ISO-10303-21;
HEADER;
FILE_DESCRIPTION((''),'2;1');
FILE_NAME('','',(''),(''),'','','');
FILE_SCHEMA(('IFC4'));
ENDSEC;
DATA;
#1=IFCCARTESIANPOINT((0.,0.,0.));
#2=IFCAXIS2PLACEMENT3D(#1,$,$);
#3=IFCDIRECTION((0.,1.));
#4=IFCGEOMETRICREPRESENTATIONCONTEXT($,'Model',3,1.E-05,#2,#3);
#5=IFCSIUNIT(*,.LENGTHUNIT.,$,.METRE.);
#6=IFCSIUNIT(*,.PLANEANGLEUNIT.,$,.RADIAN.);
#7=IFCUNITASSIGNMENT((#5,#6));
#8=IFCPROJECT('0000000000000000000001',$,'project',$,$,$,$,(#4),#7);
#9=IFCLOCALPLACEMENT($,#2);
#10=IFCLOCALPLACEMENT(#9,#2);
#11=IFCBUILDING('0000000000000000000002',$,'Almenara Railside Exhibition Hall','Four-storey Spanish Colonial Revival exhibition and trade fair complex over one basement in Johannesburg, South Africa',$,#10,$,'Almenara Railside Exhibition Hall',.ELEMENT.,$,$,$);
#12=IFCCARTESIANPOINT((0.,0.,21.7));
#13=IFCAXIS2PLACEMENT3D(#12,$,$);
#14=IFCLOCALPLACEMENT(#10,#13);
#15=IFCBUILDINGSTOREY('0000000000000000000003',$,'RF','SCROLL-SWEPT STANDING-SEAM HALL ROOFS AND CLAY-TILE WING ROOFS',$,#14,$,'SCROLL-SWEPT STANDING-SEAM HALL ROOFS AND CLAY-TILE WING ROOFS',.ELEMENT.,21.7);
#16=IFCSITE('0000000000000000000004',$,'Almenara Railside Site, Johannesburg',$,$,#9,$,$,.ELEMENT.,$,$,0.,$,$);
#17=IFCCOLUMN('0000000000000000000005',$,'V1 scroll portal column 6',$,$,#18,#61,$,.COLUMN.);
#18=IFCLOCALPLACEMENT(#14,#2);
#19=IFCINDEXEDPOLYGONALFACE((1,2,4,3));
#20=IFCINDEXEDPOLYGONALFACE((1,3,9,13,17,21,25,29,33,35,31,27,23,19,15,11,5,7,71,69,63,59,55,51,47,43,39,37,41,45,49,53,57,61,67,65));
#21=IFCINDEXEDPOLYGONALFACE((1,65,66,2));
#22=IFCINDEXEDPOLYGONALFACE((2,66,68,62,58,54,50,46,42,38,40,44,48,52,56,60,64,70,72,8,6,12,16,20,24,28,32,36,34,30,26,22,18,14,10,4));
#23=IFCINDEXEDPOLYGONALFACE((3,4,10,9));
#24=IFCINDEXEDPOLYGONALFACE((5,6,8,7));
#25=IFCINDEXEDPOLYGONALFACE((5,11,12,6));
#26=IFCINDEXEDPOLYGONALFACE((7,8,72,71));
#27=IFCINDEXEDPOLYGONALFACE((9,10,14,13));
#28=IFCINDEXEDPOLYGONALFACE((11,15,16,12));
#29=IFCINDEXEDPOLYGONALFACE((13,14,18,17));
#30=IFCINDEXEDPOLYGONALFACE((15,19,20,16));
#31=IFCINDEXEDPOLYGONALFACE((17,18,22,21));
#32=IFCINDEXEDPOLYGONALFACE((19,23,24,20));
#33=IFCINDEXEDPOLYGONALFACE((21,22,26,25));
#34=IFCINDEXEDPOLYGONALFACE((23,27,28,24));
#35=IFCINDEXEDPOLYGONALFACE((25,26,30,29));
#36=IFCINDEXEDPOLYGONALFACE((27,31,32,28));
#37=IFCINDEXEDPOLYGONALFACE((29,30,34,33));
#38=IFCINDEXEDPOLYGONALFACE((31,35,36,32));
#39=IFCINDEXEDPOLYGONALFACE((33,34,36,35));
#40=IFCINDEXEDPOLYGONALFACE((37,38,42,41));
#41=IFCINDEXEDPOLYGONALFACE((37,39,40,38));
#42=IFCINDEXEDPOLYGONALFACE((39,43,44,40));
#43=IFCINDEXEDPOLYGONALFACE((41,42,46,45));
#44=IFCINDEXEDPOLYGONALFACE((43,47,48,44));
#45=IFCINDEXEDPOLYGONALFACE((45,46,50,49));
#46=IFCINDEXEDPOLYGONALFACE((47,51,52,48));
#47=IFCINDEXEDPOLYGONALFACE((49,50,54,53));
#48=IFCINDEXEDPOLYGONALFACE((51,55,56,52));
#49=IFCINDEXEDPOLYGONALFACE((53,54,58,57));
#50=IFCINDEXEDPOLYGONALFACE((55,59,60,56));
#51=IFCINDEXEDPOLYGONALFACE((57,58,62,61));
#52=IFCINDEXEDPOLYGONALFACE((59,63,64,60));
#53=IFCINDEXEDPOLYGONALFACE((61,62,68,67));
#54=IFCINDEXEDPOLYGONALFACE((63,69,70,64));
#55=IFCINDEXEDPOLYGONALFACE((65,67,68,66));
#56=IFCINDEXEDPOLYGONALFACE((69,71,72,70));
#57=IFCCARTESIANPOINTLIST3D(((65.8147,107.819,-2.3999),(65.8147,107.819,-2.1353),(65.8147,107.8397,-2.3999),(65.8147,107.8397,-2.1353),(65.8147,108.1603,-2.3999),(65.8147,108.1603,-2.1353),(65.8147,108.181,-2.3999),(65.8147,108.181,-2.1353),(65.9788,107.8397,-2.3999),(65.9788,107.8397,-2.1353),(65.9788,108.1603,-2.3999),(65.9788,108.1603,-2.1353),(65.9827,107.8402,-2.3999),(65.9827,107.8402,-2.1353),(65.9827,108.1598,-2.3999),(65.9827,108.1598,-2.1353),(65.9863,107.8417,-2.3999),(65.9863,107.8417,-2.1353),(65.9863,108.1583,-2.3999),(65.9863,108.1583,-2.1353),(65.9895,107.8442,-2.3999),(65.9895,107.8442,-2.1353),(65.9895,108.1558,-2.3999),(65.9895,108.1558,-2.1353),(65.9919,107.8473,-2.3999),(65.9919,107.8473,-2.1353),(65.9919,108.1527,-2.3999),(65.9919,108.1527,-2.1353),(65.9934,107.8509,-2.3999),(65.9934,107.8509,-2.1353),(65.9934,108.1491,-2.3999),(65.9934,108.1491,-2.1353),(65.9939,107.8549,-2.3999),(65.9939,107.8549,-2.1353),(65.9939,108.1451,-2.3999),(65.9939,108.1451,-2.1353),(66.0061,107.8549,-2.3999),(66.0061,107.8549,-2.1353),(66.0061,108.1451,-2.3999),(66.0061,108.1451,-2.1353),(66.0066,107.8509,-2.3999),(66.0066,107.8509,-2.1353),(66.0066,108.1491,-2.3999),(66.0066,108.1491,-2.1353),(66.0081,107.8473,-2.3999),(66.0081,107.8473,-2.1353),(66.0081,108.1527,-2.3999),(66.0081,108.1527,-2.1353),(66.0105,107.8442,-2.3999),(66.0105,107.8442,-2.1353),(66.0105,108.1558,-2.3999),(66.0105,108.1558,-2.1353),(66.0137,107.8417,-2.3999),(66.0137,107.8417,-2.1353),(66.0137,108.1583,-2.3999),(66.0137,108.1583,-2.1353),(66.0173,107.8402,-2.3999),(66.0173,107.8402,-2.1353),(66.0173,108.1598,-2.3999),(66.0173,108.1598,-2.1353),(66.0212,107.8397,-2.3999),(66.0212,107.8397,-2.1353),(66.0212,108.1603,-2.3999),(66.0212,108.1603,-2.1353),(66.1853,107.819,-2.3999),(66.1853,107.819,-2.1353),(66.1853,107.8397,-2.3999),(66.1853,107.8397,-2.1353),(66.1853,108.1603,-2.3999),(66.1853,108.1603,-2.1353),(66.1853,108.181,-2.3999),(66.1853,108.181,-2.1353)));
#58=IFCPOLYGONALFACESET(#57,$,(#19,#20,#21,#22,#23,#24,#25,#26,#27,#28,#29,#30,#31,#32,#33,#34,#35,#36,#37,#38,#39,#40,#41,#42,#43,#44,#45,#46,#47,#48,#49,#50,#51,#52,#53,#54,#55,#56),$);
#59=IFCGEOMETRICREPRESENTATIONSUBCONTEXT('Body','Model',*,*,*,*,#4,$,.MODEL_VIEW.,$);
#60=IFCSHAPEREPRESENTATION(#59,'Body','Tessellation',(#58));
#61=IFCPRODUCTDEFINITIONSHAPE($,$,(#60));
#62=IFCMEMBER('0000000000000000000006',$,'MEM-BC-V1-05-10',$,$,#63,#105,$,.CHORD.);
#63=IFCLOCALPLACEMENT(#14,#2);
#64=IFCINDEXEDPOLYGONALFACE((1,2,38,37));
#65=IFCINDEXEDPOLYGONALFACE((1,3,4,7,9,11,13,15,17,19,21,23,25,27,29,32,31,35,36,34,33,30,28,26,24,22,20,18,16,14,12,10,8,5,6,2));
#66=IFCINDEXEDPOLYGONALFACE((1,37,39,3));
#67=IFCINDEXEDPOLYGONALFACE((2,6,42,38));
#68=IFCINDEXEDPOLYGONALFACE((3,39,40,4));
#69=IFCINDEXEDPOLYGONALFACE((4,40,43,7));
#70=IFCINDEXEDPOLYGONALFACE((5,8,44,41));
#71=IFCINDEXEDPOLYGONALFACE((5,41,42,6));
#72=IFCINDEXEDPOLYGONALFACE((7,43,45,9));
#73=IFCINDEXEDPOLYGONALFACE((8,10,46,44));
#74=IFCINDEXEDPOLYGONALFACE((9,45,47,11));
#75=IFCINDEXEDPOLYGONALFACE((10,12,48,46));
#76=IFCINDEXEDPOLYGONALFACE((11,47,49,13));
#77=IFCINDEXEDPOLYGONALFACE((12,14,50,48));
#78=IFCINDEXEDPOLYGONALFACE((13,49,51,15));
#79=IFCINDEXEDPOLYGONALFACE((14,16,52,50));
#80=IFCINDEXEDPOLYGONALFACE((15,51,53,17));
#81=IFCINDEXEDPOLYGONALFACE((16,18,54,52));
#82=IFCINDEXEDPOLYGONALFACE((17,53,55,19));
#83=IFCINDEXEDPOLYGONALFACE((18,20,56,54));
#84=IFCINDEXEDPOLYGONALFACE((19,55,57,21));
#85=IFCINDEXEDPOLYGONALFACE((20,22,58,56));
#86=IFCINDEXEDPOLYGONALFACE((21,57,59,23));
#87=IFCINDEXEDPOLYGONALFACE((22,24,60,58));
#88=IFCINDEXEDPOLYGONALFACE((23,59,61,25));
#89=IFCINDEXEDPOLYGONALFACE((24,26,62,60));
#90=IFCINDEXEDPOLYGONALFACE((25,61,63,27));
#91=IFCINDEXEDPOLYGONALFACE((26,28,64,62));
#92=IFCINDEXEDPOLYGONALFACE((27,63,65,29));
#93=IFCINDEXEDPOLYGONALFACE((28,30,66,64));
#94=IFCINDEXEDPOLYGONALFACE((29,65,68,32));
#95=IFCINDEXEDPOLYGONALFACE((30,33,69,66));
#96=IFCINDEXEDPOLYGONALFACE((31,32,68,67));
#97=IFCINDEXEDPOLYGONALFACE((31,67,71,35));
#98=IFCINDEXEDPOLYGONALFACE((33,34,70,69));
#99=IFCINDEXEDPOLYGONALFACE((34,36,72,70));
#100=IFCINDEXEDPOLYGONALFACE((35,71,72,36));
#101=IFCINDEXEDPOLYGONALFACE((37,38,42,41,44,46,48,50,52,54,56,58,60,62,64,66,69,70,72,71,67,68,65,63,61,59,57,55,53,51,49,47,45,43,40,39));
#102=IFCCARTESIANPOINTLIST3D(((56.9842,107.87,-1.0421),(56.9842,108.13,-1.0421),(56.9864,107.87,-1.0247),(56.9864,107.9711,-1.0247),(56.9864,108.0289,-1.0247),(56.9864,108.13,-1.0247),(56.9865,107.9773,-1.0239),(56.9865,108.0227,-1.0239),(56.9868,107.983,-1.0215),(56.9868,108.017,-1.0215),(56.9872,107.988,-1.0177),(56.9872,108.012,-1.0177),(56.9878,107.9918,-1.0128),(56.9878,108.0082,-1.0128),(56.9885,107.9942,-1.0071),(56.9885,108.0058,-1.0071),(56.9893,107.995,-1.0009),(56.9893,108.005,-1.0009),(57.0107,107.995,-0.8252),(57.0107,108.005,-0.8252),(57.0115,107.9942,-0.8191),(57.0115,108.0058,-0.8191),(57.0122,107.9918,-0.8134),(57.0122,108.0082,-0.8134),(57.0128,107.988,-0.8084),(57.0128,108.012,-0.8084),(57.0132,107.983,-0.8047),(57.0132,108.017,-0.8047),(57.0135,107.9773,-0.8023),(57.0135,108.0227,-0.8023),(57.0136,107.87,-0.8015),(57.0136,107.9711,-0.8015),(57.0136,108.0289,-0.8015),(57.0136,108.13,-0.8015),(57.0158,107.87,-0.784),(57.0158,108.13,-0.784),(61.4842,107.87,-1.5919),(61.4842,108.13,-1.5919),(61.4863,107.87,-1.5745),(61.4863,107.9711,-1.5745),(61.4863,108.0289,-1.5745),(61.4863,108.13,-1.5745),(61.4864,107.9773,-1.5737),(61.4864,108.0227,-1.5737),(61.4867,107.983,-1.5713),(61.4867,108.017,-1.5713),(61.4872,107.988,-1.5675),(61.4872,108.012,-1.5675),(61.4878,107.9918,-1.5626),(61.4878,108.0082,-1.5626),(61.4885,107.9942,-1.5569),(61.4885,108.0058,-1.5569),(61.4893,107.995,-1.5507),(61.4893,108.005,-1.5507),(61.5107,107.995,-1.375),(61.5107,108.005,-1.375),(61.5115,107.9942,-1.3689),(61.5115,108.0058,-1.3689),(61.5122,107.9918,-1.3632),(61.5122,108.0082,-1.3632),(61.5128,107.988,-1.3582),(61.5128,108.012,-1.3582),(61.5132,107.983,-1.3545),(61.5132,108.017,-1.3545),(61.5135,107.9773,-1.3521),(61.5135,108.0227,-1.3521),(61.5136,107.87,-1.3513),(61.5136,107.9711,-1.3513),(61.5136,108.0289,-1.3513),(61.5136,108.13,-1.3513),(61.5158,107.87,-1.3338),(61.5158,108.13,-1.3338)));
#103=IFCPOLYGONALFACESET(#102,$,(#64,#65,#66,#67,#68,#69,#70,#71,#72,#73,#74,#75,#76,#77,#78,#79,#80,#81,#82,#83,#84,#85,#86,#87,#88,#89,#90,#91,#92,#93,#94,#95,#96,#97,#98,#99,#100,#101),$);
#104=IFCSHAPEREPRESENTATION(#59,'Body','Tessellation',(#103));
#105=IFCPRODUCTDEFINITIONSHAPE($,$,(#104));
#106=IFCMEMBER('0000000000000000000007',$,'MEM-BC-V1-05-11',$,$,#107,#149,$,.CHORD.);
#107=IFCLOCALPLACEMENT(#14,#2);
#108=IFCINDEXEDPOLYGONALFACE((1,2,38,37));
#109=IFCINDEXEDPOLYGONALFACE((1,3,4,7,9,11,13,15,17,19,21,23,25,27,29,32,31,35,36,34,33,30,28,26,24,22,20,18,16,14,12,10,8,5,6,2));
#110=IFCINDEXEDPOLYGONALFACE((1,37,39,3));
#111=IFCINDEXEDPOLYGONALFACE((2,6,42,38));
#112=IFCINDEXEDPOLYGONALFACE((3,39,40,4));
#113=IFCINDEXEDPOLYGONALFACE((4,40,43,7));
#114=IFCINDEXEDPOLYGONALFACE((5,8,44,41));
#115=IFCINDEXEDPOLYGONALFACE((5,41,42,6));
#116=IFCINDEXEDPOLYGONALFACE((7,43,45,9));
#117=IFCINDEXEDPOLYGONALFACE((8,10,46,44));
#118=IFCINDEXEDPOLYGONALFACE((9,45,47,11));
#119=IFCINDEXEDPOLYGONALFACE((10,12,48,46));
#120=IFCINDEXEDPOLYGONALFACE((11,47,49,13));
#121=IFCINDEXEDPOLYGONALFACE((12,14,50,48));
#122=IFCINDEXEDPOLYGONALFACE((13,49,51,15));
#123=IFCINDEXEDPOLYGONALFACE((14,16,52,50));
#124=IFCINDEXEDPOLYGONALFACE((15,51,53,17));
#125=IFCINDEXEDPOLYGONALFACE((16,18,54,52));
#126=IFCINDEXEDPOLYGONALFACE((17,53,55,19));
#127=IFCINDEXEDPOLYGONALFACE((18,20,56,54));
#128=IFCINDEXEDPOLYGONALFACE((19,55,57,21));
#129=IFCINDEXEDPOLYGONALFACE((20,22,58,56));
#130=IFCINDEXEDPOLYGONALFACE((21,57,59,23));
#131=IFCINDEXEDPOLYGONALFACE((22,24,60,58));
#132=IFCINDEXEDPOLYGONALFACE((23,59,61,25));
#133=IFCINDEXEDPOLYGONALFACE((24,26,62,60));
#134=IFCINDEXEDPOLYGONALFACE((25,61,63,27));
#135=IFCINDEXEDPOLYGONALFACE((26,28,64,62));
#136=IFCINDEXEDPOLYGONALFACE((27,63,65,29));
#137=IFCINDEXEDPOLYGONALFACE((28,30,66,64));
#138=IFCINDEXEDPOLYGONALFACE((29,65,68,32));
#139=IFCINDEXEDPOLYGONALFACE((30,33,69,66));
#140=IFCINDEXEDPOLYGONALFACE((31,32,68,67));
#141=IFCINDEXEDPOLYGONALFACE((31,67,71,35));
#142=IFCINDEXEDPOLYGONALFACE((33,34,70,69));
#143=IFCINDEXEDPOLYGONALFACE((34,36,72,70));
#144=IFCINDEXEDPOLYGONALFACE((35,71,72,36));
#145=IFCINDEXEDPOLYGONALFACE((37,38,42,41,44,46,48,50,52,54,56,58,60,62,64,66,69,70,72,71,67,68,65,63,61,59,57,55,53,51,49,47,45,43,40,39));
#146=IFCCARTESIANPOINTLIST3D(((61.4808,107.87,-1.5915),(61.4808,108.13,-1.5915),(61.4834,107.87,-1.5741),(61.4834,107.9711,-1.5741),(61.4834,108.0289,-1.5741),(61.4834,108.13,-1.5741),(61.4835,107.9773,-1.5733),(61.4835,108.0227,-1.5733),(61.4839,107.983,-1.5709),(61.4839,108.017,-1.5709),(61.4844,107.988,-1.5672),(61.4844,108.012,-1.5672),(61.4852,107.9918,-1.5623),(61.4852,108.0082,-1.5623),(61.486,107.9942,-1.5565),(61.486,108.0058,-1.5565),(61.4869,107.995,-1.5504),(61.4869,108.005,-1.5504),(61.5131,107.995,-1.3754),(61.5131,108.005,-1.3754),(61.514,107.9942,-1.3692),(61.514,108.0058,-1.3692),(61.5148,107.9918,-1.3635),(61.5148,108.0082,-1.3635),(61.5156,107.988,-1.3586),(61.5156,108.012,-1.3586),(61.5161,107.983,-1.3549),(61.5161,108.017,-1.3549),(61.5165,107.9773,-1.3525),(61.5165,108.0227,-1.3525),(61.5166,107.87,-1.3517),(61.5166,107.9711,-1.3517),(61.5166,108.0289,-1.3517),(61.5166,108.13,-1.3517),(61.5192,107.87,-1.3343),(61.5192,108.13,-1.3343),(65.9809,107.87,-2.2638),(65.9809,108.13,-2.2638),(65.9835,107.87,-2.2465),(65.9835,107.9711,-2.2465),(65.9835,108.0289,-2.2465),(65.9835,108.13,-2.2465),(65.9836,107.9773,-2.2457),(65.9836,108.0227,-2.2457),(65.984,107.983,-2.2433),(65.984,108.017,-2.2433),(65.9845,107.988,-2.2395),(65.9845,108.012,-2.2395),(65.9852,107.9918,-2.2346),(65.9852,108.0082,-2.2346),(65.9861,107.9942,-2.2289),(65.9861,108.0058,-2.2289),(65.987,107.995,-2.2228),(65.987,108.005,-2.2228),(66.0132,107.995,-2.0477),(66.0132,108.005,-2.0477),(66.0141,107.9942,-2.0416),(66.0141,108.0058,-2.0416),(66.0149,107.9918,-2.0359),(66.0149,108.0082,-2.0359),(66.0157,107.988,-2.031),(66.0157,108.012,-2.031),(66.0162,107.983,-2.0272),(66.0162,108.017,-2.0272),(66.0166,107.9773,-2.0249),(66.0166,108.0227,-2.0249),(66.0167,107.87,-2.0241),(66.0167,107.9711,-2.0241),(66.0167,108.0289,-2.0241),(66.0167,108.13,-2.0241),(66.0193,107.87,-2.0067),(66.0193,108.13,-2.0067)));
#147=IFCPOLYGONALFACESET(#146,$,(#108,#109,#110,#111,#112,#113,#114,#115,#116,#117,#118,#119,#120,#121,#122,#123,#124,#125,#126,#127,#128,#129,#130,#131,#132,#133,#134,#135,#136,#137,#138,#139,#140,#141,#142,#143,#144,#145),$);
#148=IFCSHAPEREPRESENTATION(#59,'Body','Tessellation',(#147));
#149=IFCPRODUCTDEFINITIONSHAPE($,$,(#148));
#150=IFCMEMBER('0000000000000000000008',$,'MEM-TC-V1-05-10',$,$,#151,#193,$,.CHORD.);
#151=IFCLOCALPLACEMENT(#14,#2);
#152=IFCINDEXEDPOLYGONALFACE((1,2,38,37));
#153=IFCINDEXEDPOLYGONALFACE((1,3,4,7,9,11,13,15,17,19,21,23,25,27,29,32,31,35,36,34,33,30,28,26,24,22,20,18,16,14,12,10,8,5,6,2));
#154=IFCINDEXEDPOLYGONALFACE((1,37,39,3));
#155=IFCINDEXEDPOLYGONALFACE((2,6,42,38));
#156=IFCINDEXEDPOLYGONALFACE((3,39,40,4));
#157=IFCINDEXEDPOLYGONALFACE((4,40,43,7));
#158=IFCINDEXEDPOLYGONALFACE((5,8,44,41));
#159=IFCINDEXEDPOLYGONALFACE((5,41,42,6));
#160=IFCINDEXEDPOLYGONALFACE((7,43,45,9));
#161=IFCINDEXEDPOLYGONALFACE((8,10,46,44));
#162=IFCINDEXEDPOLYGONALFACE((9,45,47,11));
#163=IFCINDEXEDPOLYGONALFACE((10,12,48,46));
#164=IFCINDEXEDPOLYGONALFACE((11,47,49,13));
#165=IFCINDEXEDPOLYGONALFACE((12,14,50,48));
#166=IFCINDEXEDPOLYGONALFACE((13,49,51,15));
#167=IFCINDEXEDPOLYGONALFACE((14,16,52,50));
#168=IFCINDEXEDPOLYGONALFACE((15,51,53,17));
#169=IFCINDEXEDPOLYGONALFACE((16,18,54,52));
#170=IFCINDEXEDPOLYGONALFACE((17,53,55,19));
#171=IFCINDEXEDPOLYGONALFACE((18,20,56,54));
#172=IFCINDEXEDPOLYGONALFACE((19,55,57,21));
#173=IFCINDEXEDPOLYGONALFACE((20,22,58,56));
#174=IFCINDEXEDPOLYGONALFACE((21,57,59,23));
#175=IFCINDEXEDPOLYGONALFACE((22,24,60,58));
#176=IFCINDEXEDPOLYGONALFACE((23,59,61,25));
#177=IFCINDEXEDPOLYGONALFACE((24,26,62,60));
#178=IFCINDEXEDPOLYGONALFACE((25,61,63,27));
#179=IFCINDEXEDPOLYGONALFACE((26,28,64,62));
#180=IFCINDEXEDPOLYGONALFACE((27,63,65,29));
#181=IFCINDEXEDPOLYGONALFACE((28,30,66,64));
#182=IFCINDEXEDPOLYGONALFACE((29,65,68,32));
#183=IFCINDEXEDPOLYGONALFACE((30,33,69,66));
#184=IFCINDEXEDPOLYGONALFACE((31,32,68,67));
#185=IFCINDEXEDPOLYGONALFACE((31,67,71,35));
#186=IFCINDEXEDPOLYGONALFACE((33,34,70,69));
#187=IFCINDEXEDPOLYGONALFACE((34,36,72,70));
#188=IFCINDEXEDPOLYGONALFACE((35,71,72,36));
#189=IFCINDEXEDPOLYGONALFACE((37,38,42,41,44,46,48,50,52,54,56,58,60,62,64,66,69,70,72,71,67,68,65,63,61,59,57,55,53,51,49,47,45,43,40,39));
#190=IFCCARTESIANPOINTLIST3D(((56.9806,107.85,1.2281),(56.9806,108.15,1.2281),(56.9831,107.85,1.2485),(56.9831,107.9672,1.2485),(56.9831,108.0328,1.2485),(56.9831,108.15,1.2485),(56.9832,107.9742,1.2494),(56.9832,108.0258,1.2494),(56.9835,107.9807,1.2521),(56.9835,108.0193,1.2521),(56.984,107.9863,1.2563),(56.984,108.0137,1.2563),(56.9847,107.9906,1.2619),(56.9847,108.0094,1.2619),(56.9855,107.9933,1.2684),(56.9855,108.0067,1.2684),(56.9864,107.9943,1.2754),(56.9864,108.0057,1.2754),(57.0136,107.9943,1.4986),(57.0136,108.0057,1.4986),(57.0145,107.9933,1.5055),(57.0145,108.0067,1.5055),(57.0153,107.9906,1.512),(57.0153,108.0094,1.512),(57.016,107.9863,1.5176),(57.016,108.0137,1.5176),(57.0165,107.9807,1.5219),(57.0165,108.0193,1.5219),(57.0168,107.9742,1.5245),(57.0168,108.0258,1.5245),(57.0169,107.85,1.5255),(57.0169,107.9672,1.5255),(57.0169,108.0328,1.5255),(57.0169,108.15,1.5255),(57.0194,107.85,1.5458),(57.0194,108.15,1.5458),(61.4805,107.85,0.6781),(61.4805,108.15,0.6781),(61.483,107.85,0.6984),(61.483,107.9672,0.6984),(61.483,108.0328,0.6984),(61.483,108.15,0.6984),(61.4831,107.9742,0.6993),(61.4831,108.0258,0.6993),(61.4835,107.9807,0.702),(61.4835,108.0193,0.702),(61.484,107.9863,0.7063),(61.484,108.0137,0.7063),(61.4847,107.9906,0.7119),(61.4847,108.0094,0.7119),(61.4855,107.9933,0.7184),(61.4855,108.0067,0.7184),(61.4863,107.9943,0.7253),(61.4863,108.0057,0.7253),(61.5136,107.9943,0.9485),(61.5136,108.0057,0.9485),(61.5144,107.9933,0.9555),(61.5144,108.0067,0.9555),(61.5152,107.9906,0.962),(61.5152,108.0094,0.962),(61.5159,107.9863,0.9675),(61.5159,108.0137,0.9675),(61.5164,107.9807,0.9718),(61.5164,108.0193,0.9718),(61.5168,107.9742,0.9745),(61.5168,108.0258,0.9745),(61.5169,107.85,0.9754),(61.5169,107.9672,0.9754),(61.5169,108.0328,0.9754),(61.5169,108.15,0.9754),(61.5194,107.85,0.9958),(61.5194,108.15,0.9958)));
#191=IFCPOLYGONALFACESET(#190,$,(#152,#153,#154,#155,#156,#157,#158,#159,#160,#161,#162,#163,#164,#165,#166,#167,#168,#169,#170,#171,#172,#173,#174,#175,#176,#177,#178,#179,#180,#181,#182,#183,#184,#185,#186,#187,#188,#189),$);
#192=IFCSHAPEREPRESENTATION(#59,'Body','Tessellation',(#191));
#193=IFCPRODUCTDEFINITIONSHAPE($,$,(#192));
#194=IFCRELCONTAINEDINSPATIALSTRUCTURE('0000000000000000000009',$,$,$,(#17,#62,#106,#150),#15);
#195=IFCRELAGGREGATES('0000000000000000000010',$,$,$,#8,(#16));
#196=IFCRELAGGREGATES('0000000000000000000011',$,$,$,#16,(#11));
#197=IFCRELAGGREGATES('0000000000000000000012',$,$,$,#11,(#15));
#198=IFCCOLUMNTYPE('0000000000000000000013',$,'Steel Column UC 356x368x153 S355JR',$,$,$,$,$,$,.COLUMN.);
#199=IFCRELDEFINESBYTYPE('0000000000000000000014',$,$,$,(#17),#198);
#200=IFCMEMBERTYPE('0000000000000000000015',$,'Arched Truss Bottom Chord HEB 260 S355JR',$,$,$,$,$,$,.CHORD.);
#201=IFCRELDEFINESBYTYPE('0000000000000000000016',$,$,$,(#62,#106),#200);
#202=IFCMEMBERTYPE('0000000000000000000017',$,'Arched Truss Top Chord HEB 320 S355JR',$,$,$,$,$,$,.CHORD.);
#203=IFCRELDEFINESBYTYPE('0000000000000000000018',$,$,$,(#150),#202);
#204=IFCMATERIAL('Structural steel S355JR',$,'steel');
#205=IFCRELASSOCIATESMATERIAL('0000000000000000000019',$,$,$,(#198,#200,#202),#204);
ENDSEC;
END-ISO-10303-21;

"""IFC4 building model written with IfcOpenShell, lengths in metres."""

from ifc_helpers import new_model, si_unit, direction, frame, origin, origin_2d, place, context, subcontext, project, spatial, i_section, extrude, material, material_profile, profile_set, type_object, element, save


model = new_model("IFC4")

# Units and contexts
model_context = context("Model", 3, precision=1e-05, world=origin(), true_north=direction((0.0, 1.0)))
body_context = subcontext(model_context, "Body", "Model", "MODEL_VIEW")
ifc_project = project(units=[si_unit("LENGTHUNIT", "METRE"), si_unit("PLANEANGLEUNIT", "RADIAN")], contexts=[model_context])

# Site, building, storey
site_placement = place(None, origin())
site = spatial("IfcSite", under=ifc_project, at=site_placement, Name="Almenara Railside Site, Johannesburg", CompositionType="ELEMENT", RefElevation=0.0)
building_placement = place(site_placement, origin())
building = spatial("IfcBuilding", under=site, at=building_placement, Name="Almenara Railside Exhibition Hall", Description="Four-storey Spanish Colonial Revival exhibition and trade fair complex over one basement in Johannesburg, South Africa", LongName="Almenara Railside Exhibition Hall", CompositionType="ELEMENT")
storey_placement = place(building_placement, frame((0.0, 0.0, 21.7)))
storey = spatial("IfcBuildingStorey", under=building, at=storey_placement, Name="RF", Description="SCROLL-SWEPT STANDING-SEAM HALL ROOFS AND CLAY-TILE WING ROOFS", LongName="SCROLL-SWEPT STANDING-SEAM HALL ROOFS AND CLAY-TILE WING ROOFS", CompositionType="ELEMENT", Elevation=21.7)

# Column
ifc_material_1 = material(Name="Structural steel S355JR", Category="steel")
ifc_material_profile_1 = material_profile(ifc_material_1, i_section(OverallWidth=0.3706, OverallDepth=0.3621, WebThickness=0.0122, FlangeThickness=0.0208, FilletRadius=0.0151, at=origin_2d()), Name="UC 356x368x153")
ifc_profile_set_1 = profile_set([ifc_material_profile_1], Name="Structural steel S355JR")
column_type = type_object("IfcColumnType", Name="Steel Column UC 356x368x153 S355JR", PredefinedType="COLUMN", material=ifc_profile_set_1)
column_placement = place(storey_placement, frame((66.0, 108.0, -2.3999), z_axis=(0.0, 0.0, 1.0), x_axis=(1.0, 0.0, 0.0)))
element("IfcColumn", 1, at=column_placement, inside=storey, type_object=column_type, Name="V1 scroll portal column 6", PredefinedType="COLUMN", context=body_context, shape_type="SweptSolid", body=[
    extrude(i_section(OverallWidth=0.3706, OverallDepth=0.3621, WebThickness=0.0122, FlangeThickness=0.0208, FilletRadius=0.0151, at=origin_2d()), origin(), (0.0, 0.0, 1.0), 0.2646),
])

# Members
ifc_material_profile_2 = material_profile(ifc_material_1, i_section(OverallWidth=0.26, OverallDepth=0.26, WebThickness=0.01, FlangeThickness=0.0176, FilletRadius=0.0239, at=origin_2d()), Name="HEB 260")
ifc_profile_set_2 = profile_set([ifc_material_profile_2], Name="Structural steel S355JR")
member_type_1 = type_object("IfcMemberType", Name="Arched Truss Bottom Chord HEB 260 S355JR", PredefinedType="CHORD", material=ifc_profile_set_2)
member_1_placement = place(storey_placement, frame((57.0, 108.0, -0.9131), z_axis=(0.992619, 0.0, -0.121277), x_axis=(0.0, 1.0, 0.0)))
element("IfcMember", 2, at=member_1_placement, inside=storey, type_object=member_type_1, Name="MEM-BC-V1-05-10", PredefinedType="CHORD", context=body_context, shape_type="SweptSolid", body=[
    extrude(i_section(OverallWidth=0.26, OverallDepth=0.26, WebThickness=0.01, FlangeThickness=0.0176, FilletRadius=0.0239, at=origin_2d()), origin(), (0.0, 0.0, 1.0), 4.5334),
])
member_2_placement = place(storey_placement, frame((61.5, 108.0, -1.4629), z_axis=(0.989021, 0.0, -0.147774), x_axis=(0.0, 1.0, 0.0)))
element("IfcMember", 3, at=member_2_placement, inside=storey, type_object=member_type_1, Name="MEM-BC-V1-05-11", PredefinedType="CHORD", context=body_context, shape_type="SweptSolid", body=[
    extrude(i_section(OverallWidth=0.26, OverallDepth=0.26, WebThickness=0.01, FlangeThickness=0.0176, FilletRadius=0.0239, at=origin_2d()), origin(), (0.0, 0.0, 1.0), 4.55),
])
ifc_material_profile_3 = material_profile(ifc_material_1, i_section(OverallWidth=0.3, OverallDepth=0.3201, WebThickness=0.0115, FlangeThickness=0.0205, FilletRadius=0.0271, at=origin_2d()), Name="HEB 320")
ifc_profile_set_3 = profile_set([ifc_material_profile_3], Name="Structural steel S355JR")
member_type_2 = type_object("IfcMemberType", Name="Arched Truss Top Chord HEB 320 S355JR", PredefinedType="CHORD", material=ifc_profile_set_3)
member_3_placement = place(storey_placement, frame((57.0, 108.0, 1.387), z_axis=(0.992612, 0.0, -0.12133), x_axis=(0.0, 1.0, 0.0)))
element("IfcMember", 4, at=member_3_placement, inside=storey, type_object=member_type_2, Name="MEM-TC-V1-05-10", PredefinedType="CHORD", context=body_context, shape_type="SweptSolid", body=[
    extrude(i_section(OverallWidth=0.3, OverallDepth=0.3201, WebThickness=0.0115, FlangeThickness=0.0205, FilletRadius=0.0271, at=origin_2d()), origin(), (0.0, 0.0, 1.0), 4.5334),
])

save(model, "model.ifc")
